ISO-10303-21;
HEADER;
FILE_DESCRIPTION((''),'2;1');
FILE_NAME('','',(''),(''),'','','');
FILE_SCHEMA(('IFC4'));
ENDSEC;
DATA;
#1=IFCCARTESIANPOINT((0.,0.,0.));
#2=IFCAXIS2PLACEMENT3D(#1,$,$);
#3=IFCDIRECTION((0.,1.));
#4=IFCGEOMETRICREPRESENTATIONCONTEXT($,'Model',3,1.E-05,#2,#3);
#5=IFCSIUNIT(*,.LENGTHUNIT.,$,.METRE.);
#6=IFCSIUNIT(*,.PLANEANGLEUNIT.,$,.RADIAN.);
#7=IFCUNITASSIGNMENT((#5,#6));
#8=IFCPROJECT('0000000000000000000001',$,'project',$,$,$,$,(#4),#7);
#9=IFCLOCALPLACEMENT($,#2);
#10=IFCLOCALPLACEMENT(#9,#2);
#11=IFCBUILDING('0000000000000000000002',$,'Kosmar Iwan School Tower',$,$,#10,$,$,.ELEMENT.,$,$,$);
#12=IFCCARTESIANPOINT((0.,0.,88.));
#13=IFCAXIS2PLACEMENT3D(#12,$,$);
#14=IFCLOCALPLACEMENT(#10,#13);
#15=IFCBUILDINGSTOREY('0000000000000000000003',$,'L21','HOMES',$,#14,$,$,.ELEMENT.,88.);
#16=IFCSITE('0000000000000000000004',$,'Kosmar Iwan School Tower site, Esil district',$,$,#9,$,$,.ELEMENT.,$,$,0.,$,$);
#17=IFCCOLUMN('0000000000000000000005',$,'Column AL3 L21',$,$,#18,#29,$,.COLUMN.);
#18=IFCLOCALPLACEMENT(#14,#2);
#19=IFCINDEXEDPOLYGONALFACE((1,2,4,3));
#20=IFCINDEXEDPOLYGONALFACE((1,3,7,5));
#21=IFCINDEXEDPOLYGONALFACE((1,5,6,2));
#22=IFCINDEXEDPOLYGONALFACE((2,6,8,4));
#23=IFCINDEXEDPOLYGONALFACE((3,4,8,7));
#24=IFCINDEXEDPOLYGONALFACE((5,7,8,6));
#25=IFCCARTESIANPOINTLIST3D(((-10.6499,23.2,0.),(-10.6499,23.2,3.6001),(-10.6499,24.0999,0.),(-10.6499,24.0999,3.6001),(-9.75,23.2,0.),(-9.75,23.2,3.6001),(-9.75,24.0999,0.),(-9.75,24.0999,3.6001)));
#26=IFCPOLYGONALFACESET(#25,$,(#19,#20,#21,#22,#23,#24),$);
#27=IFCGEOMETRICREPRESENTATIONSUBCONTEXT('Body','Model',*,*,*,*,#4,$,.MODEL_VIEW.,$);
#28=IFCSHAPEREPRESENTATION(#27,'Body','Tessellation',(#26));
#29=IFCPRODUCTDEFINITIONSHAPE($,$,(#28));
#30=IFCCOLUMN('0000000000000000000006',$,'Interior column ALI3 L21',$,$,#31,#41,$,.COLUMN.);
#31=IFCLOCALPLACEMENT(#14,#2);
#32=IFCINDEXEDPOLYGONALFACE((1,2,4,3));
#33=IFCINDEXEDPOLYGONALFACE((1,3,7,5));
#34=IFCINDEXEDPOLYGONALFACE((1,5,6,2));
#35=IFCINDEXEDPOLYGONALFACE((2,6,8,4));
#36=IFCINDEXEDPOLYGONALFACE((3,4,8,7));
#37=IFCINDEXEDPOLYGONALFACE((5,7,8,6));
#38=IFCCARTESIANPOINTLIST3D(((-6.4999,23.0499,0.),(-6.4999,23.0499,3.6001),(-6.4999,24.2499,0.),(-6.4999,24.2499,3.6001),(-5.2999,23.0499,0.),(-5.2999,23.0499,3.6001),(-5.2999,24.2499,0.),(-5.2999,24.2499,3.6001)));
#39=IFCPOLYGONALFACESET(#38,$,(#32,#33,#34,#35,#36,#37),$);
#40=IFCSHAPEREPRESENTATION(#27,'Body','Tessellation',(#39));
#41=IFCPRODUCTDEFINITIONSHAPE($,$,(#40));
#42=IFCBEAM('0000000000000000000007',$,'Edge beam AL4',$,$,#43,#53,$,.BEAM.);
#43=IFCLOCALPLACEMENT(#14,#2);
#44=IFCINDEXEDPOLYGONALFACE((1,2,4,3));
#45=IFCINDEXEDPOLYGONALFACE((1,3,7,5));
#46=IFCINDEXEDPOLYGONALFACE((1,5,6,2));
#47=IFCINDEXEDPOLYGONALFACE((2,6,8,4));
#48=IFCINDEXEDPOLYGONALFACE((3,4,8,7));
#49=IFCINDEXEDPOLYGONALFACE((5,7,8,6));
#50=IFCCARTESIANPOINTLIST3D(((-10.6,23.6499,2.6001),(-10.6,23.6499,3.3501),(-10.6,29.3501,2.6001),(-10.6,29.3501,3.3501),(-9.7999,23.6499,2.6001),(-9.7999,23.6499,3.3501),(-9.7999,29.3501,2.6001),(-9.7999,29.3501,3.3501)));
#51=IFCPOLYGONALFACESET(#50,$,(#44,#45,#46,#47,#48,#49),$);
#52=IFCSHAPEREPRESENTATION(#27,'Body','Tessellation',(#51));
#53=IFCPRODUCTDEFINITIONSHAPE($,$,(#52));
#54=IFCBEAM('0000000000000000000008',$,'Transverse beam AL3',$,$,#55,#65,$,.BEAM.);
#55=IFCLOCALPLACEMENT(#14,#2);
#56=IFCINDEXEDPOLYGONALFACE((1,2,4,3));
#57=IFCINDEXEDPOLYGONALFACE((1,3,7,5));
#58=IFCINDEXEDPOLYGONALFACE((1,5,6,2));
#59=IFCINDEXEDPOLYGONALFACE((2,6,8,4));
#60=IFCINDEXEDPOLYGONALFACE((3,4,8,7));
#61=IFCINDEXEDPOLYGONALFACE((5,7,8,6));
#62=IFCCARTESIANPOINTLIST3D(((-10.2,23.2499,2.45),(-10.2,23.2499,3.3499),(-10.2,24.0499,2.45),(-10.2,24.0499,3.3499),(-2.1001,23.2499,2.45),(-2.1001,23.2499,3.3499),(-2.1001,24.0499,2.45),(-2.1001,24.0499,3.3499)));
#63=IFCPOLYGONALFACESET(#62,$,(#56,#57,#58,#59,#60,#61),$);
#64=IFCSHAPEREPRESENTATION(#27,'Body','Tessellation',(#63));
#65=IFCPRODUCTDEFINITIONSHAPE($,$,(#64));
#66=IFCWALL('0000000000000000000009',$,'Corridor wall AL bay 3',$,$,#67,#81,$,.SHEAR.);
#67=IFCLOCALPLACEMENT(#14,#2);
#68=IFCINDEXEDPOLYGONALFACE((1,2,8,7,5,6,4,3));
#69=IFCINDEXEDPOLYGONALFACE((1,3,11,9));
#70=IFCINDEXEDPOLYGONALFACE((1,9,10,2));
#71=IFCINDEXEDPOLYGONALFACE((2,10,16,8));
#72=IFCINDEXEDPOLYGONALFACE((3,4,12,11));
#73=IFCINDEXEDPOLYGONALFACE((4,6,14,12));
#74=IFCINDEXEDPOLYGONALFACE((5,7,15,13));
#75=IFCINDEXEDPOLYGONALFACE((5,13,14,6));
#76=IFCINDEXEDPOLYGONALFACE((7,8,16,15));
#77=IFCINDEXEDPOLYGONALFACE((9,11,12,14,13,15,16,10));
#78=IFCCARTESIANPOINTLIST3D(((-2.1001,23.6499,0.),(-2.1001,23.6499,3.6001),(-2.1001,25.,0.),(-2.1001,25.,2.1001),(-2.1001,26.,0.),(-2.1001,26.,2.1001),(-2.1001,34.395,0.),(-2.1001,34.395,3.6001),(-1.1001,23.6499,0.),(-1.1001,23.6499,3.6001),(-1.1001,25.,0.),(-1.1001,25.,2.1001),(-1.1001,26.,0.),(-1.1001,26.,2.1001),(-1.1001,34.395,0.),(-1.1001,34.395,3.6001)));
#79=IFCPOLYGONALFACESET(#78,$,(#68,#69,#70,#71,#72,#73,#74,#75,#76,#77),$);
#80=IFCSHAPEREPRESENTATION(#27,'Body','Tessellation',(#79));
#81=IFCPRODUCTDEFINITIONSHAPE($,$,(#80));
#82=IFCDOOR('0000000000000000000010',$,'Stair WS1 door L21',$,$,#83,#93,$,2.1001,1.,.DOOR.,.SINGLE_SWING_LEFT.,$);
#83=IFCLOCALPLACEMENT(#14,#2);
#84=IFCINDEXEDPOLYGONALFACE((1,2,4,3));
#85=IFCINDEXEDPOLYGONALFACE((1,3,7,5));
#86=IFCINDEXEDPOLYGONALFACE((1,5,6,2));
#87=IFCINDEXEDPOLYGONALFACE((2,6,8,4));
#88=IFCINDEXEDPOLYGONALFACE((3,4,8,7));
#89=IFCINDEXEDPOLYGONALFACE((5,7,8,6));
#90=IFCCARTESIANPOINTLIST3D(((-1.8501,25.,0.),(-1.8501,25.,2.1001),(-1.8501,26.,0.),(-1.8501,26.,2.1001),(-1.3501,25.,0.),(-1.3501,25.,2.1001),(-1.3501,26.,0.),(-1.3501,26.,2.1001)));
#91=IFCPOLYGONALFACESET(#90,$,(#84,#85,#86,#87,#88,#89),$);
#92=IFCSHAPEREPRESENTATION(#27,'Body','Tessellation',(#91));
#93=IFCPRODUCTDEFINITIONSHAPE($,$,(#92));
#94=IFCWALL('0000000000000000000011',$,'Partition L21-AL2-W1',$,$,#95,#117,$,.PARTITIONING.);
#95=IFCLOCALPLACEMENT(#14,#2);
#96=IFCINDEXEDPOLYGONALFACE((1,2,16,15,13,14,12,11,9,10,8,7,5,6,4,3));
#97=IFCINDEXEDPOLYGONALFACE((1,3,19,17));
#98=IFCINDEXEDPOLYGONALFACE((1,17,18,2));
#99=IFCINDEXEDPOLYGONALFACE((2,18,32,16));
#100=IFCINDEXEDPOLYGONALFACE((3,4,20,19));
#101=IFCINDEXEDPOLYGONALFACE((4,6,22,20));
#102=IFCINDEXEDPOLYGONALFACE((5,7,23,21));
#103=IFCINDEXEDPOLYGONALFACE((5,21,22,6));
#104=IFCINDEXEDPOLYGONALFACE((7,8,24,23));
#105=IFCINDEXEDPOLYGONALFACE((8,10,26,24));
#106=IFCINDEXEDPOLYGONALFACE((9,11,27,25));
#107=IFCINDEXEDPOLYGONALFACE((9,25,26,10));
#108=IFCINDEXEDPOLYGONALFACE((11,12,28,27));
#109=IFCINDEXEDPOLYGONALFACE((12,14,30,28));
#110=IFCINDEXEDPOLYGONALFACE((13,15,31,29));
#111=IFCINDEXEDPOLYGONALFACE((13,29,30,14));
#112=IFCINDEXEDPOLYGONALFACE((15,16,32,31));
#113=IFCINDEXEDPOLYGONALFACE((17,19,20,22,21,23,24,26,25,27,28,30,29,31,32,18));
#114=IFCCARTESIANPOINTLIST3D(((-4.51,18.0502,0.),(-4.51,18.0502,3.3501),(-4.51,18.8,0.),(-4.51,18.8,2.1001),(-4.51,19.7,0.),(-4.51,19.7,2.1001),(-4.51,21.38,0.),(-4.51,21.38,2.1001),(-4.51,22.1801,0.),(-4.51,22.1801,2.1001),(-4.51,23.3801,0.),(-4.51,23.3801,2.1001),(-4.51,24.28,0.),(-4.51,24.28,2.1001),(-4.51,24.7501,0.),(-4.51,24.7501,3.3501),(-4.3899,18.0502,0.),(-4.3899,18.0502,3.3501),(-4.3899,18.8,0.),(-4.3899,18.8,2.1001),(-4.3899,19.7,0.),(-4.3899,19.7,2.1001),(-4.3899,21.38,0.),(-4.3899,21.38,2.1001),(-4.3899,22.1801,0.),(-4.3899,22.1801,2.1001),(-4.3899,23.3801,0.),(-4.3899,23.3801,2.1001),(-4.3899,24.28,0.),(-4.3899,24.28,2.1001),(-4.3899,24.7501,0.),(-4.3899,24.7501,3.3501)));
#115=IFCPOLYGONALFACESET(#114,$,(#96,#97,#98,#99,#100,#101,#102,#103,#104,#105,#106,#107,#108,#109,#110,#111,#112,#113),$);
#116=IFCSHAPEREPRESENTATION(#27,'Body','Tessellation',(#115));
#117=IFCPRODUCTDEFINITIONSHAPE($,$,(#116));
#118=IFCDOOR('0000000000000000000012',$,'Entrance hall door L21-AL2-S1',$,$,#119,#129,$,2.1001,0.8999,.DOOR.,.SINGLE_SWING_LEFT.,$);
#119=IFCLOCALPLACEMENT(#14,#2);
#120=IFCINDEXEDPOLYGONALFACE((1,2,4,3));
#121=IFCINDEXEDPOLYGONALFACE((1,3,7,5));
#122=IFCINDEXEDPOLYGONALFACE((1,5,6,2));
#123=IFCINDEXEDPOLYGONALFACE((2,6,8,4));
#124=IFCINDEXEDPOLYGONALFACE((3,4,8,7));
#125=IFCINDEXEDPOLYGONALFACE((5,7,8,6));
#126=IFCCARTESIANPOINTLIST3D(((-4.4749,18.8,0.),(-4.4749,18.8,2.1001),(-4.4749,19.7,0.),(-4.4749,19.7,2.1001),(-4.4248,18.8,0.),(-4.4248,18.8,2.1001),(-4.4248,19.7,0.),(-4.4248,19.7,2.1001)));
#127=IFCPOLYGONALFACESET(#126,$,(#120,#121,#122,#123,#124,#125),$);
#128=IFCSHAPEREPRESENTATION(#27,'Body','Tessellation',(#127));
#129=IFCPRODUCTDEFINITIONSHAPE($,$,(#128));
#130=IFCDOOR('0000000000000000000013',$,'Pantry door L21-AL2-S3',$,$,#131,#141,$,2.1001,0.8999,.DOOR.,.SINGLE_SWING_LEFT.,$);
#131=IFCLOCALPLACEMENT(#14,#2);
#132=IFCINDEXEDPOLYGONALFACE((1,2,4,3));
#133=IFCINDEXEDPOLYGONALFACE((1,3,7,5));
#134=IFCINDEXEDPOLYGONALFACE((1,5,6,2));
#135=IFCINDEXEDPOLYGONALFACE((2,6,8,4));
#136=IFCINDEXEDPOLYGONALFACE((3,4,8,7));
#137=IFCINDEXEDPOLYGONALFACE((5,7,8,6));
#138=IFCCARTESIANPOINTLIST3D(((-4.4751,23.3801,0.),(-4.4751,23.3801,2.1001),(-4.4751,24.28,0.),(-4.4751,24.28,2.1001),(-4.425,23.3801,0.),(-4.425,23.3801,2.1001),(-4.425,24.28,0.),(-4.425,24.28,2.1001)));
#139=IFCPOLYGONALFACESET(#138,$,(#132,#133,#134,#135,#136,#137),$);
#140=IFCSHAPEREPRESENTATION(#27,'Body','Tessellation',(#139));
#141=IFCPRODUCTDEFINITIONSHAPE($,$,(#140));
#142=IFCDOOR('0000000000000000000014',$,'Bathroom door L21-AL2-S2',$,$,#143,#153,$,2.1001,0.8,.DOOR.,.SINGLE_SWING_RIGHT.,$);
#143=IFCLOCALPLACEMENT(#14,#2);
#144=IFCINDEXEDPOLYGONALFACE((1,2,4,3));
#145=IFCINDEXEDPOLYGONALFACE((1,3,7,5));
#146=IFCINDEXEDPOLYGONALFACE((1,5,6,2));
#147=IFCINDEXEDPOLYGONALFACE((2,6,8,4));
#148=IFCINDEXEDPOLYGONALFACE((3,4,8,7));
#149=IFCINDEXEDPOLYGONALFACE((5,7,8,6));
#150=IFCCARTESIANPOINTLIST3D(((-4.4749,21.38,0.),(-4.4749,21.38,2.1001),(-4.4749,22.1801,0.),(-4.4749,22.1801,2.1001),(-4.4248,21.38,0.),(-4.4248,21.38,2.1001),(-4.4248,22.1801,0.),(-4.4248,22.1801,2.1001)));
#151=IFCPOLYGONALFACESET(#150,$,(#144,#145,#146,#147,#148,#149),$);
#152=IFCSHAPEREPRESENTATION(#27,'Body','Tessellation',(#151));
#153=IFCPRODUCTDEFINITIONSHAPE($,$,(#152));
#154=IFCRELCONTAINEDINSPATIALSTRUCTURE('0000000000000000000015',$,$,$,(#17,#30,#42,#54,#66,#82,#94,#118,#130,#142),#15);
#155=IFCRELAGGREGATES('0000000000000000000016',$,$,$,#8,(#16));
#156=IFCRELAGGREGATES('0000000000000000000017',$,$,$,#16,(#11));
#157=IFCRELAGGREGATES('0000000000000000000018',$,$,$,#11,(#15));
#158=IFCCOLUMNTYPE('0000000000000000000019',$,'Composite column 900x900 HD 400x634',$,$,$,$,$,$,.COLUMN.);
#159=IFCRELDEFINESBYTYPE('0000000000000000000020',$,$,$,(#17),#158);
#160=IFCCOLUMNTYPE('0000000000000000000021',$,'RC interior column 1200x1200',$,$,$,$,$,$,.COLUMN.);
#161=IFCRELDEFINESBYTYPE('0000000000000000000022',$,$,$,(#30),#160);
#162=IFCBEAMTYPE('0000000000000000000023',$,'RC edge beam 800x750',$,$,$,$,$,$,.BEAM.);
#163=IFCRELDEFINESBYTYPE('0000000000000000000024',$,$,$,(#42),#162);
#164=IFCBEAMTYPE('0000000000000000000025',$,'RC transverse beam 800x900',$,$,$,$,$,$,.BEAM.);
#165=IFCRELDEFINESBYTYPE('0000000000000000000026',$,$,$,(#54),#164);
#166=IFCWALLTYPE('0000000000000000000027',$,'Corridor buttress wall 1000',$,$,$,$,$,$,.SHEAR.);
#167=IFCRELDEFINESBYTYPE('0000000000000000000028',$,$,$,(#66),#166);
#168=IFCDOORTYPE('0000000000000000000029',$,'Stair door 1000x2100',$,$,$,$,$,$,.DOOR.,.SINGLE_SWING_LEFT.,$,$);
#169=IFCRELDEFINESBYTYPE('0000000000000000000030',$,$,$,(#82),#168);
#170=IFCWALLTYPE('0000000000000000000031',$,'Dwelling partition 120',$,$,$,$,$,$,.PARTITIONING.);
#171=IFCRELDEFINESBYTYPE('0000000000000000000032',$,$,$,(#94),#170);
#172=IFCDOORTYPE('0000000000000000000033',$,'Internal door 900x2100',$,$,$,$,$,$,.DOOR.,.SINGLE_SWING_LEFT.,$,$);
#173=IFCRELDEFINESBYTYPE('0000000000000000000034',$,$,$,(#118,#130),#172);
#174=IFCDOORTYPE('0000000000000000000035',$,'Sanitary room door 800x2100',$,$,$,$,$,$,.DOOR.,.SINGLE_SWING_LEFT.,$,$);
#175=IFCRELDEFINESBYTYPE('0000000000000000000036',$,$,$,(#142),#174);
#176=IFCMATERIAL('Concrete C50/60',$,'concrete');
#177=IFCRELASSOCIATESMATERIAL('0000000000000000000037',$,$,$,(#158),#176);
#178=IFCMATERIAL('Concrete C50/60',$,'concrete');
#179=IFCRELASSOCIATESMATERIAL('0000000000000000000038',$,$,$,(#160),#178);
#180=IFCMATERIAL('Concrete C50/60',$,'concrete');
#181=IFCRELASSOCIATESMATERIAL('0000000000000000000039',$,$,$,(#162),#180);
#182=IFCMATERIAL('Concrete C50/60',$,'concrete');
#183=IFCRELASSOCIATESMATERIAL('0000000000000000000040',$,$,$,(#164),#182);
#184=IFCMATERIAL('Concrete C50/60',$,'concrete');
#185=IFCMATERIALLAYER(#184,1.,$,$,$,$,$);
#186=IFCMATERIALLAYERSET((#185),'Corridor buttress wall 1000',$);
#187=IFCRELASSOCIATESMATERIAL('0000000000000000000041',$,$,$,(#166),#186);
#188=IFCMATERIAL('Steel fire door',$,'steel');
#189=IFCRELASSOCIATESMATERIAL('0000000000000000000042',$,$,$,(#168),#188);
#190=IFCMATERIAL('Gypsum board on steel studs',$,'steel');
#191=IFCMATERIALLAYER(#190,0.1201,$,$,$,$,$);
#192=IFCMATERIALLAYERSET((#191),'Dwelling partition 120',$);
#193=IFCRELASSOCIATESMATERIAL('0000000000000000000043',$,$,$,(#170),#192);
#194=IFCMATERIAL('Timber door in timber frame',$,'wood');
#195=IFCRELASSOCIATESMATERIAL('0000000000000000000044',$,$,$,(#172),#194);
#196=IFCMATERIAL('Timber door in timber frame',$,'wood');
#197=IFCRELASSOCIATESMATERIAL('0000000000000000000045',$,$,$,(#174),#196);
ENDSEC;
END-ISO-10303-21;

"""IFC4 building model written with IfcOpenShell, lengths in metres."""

from ifc_helpers import new_model, si_unit, direction, frame, frame_2d, origin, origin_2d, place, context, subcontext, project, spatial, rectangle, extrude, material, layer, layer_set, material_profile, profile_set, type_object, element, fill, save


model = new_model("IFC4")

# Units and contexts
model_context = context("Model", 3, precision=1e-05, world=origin(), true_north=direction((0.0, 1.0)))
body_context = subcontext(model_context, "Body", "Model", "MODEL_VIEW")
ifc_project = project(units=[si_unit("LENGTHUNIT", "METRE"), si_unit("PLANEANGLEUNIT", "RADIAN")], contexts=[model_context])

# Site, building, storey
site_placement = place(None, origin())
site = spatial("IfcSite", under=ifc_project, at=site_placement, Name="Kosmar Iwan School Tower site, Esil district", CompositionType="ELEMENT", RefElevation=0.0)
building_placement = place(site_placement, origin())
building = spatial("IfcBuilding", under=site, at=building_placement, Name="Kosmar Iwan School Tower", CompositionType="ELEMENT")
storey_placement = place(building_placement, frame((0.0, 0.0, 88.0)))
storey = spatial("IfcBuildingStorey", under=building, at=storey_placement, Name="L21", Description="HOMES", CompositionType="ELEMENT", Elevation=88.0)

# Columns
ifc_material_1 = material(Name="Concrete C50/60", Category="concrete")
ifc_material_profile_1 = material_profile(ifc_material_1, rectangle(XDim=0.8999, YDim=0.8999, at=origin_2d()), Name="RC 900x900 + HD 400x634")
ifc_profile_set_1 = profile_set([ifc_material_profile_1], Name="Concrete C50/60")
column_type_1 = type_object("IfcColumnType", Name="Composite column 900x900 HD 400x634", PredefinedType="COLUMN", material=ifc_profile_set_1)
column_1_placement = place(storey_placement, frame((-10.2, 23.6499, 0.0), z_axis=(0.0, 0.0, 1.0), x_axis=(0.0, 1.0, 0.0)))
element("IfcColumn", 1, at=column_1_placement, inside=storey, type_object=column_type_1, Name="Column AL3 L21", PredefinedType="COLUMN", context=body_context, shape_type="SweptSolid", body=[
    extrude(rectangle(XDim=0.8999, YDim=0.8999, at=origin_2d()), origin(), (0.0, 0.0, 1.0), 3.6001),
])
ifc_material_2 = material(Name="Concrete C50/60", Category="concrete")
ifc_material_profile_2 = material_profile(ifc_material_2, rectangle(XDim=1.2, YDim=1.2, at=origin_2d()), Name="RC 1200x1200")
ifc_profile_set_2 = profile_set([ifc_material_profile_2], Name="Concrete C50/60")
column_type_2 = type_object("IfcColumnType", Name="RC interior column 1200x1200", PredefinedType="COLUMN", material=ifc_profile_set_2)
column_2_placement = place(storey_placement, frame((-5.8999, 23.6499, 0.0), z_axis=(0.0, 0.0, 1.0), x_axis=(0.0, 1.0, 0.0)))
element("IfcColumn", 2, at=column_2_placement, inside=storey, type_object=column_type_2, Name="Interior column ALI3 L21", PredefinedType="COLUMN", context=body_context, shape_type="SweptSolid", body=[
    extrude(rectangle(XDim=1.2, YDim=1.2, at=origin_2d()), origin(), (0.0, 0.0, 1.0), 3.6001),
])

# Beams
ifc_material_3 = material(Name="Concrete C50/60", Category="concrete")
ifc_material_profile_3 = material_profile(ifc_material_3, rectangle(XDim=0.8, YDim=0.75, at=origin_2d()), Name="RC 800x750")
ifc_profile_set_3 = profile_set([ifc_material_profile_3], Name="Concrete C50/60")
beam_type_1 = type_object("IfcBeamType", Name="RC edge beam 800x750", PredefinedType="BEAM", material=ifc_profile_set_3)
beam_1_placement = place(storey_placement, frame((-10.2, 23.6499, 2.9751), z_axis=(0.0, 1.0, 0.0), x_axis=(-1.0, 0.0, 0.0)))
element("IfcBeam", 3, at=beam_1_placement, inside=storey, type_object=beam_type_1, Name="Edge beam AL4", PredefinedType="BEAM", context=body_context, shape_type="SweptSolid", body=[
    extrude(rectangle(XDim=0.8, YDim=0.75, at=origin_2d()), origin(), (0.0, 0.0, 1.0), 5.7002),
])
ifc_material_4 = material(Name="Concrete C50/60", Category="concrete")
ifc_material_profile_4 = material_profile(ifc_material_4, rectangle(XDim=0.8, YDim=0.8999, at=origin_2d()), Name="RC 800x900")
ifc_profile_set_4 = profile_set([ifc_material_profile_4], Name="Concrete C50/60")
beam_type_2 = type_object("IfcBeamType", Name="RC transverse beam 800x900", PredefinedType="BEAM", material=ifc_profile_set_4)
beam_2_placement = place(storey_placement, frame((-10.2, 23.6499, 2.8999), z_axis=(1.0, 0.0, 0.0), x_axis=(0.0, 1.0, 0.0)))
element("IfcBeam", 4, at=beam_2_placement, inside=storey, type_object=beam_type_2, Name="Transverse beam AL3", PredefinedType="BEAM", context=body_context, shape_type="SweptSolid", body=[
    extrude(rectangle(XDim=0.8, YDim=0.8999, at=origin_2d()), origin(), (0.0, 0.0, 1.0), 8.0999),
])

# Wall, opening, door
ifc_material_5 = material(Name="Concrete C50/60", Category="concrete")
ifc_layer_1 = layer(ifc_material_5, 1.0)
ifc_layer_set_1 = layer_set([ifc_layer_1], Name="Corridor buttress wall 1000")
wall_type_1 = type_object("IfcWallType", Name="Corridor buttress wall 1000", PredefinedType="SHEAR", material=ifc_layer_set_1)
wall_1_placement = place(storey_placement, frame((-1.6001, 23.6499, 0.0), z_axis=(0.0, 0.0, 1.0), x_axis=(0.0, 1.0, 0.0)))
wall_1 = element("IfcWall", 5, at=wall_1_placement, inside=storey, type_object=wall_type_1, Name="Corridor wall AL bay 3", PredefinedType="SHEAR", context=body_context, shape_type="SweptSolid", body=[
    extrude(rectangle(XDim=10.7451, YDim=1.0, at=frame_2d((5.3726, 0.0))), origin(), (0.0, 0.0, 1.0), 3.6001),
])
opening_1_placement = place(wall_1_placement, frame((1.3501, 0.0, 0.0)))
opening_1 = element("IfcOpeningElement", 6, at=opening_1_placement, cuts=wall_1, PredefinedType="OPENING", context=body_context, shape_type="SweptSolid", body=[
    extrude(rectangle(XDim=1.0, YDim=2.1001, at=frame_2d((0.5, 1.05))), frame((0.0, 0.512, 0.0), z_axis=(0.0, -1.0, 0.0), x_axis=(1.0, 0.0, 0.0)), (0.0, 0.0, 1.0), 1.0239),
])
ifc_material_6 = material(Name="Steel fire door", Category="steel")
door_type_1 = type_object("IfcDoorType", Name="Stair door 1000x2100", OperationType="SINGLE_SWING_LEFT", PredefinedType="DOOR", material=ifc_material_6)
door_1_placement = place(opening_1_placement, origin())
door_1 = element("IfcDoor", 7, at=door_1_placement, inside=storey, type_object=door_type_1, Name="Stair WS1 door L21", OperationType="SINGLE_SWING_LEFT", OverallHeight=2.1001, OverallWidth=1.0, PredefinedType="DOOR", context=body_context, shape_type="SweptSolid", body=[
    extrude(rectangle(XDim=1.0, YDim=2.1001, at=frame_2d((0.5, 1.05))), frame((0.0, 0.25, 0.0), z_axis=(0.0, -1.0, 0.0), x_axis=(1.0, 0.0, 0.0)), (0.0, 0.0, 1.0), 0.5),
])
fill(opening_1, door_1)

# Wall, openings, doors
ifc_material_7 = material(Name="Gypsum board on steel studs", Category="steel")
ifc_layer_2 = layer(ifc_material_7, 0.1201)
ifc_layer_set_2 = layer_set([ifc_layer_2], Name="Dwelling partition 120")
wall_type_2 = type_object("IfcWallType", Name="Dwelling partition 120", PredefinedType="PARTITIONING", material=ifc_layer_set_2)
wall_2_placement = place(storey_placement, frame((-4.45, 18.05, 0.0), z_axis=(0.0, 0.0, 1.0), x_axis=(0.0, 1.0, 0.0)))
wall_2 = element("IfcWall", 8, at=wall_2_placement, inside=storey, type_object=wall_type_2, Name="Partition L21-AL2-W1", PredefinedType="PARTITIONING", context=body_context, shape_type="SweptSolid", body=[
    extrude(rectangle(XDim=6.7, YDim=0.1201, at=frame_2d((3.3501, 0.0))), origin(), (0.0, 0.0, 1.0), 3.3501),
])
opening_2_placement = place(wall_2_placement, frame((0.75, 0.0, 0.0)))
opening_2 = element("IfcOpeningElement", 9, at=opening_2_placement, cuts=wall_2, PredefinedType="OPENING", context=body_context, shape_type="SweptSolid", body=[
    extrude(rectangle(XDim=0.8999, YDim=2.1001, at=frame_2d((0.45, 1.05))), frame((0.0, 0.072, 0.0), z_axis=(0.0, -1.0, 0.0), x_axis=(1.0, 0.0, 0.0)), (0.0, 0.0, 1.0), 0.144),
])
opening_3_placement = place(wall_2_placement, frame((3.3301, 0.0, 0.0)))
opening_3 = element("IfcOpeningElement", 10, at=opening_3_placement, cuts=wall_2, PredefinedType="OPENING", context=body_context, shape_type="SweptSolid", body=[
    extrude(rectangle(XDim=0.8, YDim=2.1001, at=frame_2d((0.3999, 1.05))), frame((0.0, 0.072, 0.0), z_axis=(0.0, -1.0, 0.0), x_axis=(1.0, 0.0, 0.0)), (0.0, 0.0, 1.0), 0.144),
])
opening_4_placement = place(wall_2_placement, frame((5.3301, 0.0, 0.0)))
opening_4 = element("IfcOpeningElement", 11, at=opening_4_placement, cuts=wall_2, PredefinedType="OPENING", context=body_context, shape_type="SweptSolid", body=[
    extrude(rectangle(XDim=0.8999, YDim=2.1001, at=frame_2d((0.45, 1.05))), frame((0.0, 0.072, 0.0), z_axis=(0.0, -1.0, 0.0), x_axis=(1.0, 0.0, 0.0)), (0.0, 0.0, 1.0), 0.144),
])
ifc_material_8 = material(Name="Timber door in timber frame", Category="wood")
door_type_2 = type_object("IfcDoorType", Name="Internal door 900x2100", OperationType="SINGLE_SWING_LEFT", PredefinedType="DOOR", material=ifc_material_8)
door_2_placement = place(opening_2_placement, origin())
door_2 = element("IfcDoor", 12, at=door_2_placement, inside=storey, type_object=door_type_2, Name="Entrance hall door L21-AL2-S1", OperationType="SINGLE_SWING_LEFT", OverallHeight=2.1001, OverallWidth=0.8999, PredefinedType="DOOR", context=body_context, shape_type="SweptSolid", body=[
    extrude(rectangle(XDim=0.8999, YDim=2.1001, at=frame_2d((0.45, 1.05))), frame((0.0, 0.0249, 0.0), z_axis=(0.0, -1.0, 0.0), x_axis=(1.0, 0.0, 0.0)), (0.0, 0.0, 1.0), 0.05),
])
fill(opening_2, door_2)
door_3_placement = place(opening_4_placement, frame((0.8999, 0.0, 0.0), z_axis=(0.0, 0.0, 1.0), x_axis=(-1.0, 0.0, 0.0)))
door_3 = element("IfcDoor", 13, at=door_3_placement, inside=storey, type_object=door_type_2, Name="Pantry door L21-AL2-S3", OperationType="SINGLE_SWING_LEFT", OverallHeight=2.1001, OverallWidth=0.8999, PredefinedType="DOOR", context=body_context, shape_type="SweptSolid", body=[
    extrude(rectangle(XDim=0.8999, YDim=2.1001, at=frame_2d((0.45, 1.05))), frame((0.0, 0.0249, 0.0), z_axis=(0.0, -1.0, 0.0), x_axis=(1.0, 0.0, 0.0)), (0.0, 0.0, 1.0), 0.05),
])
fill(opening_4, door_3)
ifc_material_9 = material(Name="Timber door in timber frame", Category="wood")
door_type_3 = type_object("IfcDoorType", Name="Sanitary room door 800x2100", OperationType="SINGLE_SWING_LEFT", PredefinedType="DOOR", material=ifc_material_9)
door_4_placement = place(opening_3_placement, origin())
door_4 = element("IfcDoor", 14, at=door_4_placement, inside=storey, type_object=door_type_3, Name="Bathroom door L21-AL2-S2", OperationType="SINGLE_SWING_RIGHT", OverallHeight=2.1001, OverallWidth=0.8, PredefinedType="DOOR", context=body_context, shape_type="SweptSolid", body=[
    extrude(rectangle(XDim=0.8, YDim=2.1001, at=frame_2d((0.3999, 1.05))), frame((0.0, 0.0249, 0.0), z_axis=(0.0, -1.0, 0.0), x_axis=(1.0, 0.0, 0.0)), (0.0, 0.0, 1.0), 0.05),
])
fill(opening_3, door_4)

save(model, "model.ifc")
